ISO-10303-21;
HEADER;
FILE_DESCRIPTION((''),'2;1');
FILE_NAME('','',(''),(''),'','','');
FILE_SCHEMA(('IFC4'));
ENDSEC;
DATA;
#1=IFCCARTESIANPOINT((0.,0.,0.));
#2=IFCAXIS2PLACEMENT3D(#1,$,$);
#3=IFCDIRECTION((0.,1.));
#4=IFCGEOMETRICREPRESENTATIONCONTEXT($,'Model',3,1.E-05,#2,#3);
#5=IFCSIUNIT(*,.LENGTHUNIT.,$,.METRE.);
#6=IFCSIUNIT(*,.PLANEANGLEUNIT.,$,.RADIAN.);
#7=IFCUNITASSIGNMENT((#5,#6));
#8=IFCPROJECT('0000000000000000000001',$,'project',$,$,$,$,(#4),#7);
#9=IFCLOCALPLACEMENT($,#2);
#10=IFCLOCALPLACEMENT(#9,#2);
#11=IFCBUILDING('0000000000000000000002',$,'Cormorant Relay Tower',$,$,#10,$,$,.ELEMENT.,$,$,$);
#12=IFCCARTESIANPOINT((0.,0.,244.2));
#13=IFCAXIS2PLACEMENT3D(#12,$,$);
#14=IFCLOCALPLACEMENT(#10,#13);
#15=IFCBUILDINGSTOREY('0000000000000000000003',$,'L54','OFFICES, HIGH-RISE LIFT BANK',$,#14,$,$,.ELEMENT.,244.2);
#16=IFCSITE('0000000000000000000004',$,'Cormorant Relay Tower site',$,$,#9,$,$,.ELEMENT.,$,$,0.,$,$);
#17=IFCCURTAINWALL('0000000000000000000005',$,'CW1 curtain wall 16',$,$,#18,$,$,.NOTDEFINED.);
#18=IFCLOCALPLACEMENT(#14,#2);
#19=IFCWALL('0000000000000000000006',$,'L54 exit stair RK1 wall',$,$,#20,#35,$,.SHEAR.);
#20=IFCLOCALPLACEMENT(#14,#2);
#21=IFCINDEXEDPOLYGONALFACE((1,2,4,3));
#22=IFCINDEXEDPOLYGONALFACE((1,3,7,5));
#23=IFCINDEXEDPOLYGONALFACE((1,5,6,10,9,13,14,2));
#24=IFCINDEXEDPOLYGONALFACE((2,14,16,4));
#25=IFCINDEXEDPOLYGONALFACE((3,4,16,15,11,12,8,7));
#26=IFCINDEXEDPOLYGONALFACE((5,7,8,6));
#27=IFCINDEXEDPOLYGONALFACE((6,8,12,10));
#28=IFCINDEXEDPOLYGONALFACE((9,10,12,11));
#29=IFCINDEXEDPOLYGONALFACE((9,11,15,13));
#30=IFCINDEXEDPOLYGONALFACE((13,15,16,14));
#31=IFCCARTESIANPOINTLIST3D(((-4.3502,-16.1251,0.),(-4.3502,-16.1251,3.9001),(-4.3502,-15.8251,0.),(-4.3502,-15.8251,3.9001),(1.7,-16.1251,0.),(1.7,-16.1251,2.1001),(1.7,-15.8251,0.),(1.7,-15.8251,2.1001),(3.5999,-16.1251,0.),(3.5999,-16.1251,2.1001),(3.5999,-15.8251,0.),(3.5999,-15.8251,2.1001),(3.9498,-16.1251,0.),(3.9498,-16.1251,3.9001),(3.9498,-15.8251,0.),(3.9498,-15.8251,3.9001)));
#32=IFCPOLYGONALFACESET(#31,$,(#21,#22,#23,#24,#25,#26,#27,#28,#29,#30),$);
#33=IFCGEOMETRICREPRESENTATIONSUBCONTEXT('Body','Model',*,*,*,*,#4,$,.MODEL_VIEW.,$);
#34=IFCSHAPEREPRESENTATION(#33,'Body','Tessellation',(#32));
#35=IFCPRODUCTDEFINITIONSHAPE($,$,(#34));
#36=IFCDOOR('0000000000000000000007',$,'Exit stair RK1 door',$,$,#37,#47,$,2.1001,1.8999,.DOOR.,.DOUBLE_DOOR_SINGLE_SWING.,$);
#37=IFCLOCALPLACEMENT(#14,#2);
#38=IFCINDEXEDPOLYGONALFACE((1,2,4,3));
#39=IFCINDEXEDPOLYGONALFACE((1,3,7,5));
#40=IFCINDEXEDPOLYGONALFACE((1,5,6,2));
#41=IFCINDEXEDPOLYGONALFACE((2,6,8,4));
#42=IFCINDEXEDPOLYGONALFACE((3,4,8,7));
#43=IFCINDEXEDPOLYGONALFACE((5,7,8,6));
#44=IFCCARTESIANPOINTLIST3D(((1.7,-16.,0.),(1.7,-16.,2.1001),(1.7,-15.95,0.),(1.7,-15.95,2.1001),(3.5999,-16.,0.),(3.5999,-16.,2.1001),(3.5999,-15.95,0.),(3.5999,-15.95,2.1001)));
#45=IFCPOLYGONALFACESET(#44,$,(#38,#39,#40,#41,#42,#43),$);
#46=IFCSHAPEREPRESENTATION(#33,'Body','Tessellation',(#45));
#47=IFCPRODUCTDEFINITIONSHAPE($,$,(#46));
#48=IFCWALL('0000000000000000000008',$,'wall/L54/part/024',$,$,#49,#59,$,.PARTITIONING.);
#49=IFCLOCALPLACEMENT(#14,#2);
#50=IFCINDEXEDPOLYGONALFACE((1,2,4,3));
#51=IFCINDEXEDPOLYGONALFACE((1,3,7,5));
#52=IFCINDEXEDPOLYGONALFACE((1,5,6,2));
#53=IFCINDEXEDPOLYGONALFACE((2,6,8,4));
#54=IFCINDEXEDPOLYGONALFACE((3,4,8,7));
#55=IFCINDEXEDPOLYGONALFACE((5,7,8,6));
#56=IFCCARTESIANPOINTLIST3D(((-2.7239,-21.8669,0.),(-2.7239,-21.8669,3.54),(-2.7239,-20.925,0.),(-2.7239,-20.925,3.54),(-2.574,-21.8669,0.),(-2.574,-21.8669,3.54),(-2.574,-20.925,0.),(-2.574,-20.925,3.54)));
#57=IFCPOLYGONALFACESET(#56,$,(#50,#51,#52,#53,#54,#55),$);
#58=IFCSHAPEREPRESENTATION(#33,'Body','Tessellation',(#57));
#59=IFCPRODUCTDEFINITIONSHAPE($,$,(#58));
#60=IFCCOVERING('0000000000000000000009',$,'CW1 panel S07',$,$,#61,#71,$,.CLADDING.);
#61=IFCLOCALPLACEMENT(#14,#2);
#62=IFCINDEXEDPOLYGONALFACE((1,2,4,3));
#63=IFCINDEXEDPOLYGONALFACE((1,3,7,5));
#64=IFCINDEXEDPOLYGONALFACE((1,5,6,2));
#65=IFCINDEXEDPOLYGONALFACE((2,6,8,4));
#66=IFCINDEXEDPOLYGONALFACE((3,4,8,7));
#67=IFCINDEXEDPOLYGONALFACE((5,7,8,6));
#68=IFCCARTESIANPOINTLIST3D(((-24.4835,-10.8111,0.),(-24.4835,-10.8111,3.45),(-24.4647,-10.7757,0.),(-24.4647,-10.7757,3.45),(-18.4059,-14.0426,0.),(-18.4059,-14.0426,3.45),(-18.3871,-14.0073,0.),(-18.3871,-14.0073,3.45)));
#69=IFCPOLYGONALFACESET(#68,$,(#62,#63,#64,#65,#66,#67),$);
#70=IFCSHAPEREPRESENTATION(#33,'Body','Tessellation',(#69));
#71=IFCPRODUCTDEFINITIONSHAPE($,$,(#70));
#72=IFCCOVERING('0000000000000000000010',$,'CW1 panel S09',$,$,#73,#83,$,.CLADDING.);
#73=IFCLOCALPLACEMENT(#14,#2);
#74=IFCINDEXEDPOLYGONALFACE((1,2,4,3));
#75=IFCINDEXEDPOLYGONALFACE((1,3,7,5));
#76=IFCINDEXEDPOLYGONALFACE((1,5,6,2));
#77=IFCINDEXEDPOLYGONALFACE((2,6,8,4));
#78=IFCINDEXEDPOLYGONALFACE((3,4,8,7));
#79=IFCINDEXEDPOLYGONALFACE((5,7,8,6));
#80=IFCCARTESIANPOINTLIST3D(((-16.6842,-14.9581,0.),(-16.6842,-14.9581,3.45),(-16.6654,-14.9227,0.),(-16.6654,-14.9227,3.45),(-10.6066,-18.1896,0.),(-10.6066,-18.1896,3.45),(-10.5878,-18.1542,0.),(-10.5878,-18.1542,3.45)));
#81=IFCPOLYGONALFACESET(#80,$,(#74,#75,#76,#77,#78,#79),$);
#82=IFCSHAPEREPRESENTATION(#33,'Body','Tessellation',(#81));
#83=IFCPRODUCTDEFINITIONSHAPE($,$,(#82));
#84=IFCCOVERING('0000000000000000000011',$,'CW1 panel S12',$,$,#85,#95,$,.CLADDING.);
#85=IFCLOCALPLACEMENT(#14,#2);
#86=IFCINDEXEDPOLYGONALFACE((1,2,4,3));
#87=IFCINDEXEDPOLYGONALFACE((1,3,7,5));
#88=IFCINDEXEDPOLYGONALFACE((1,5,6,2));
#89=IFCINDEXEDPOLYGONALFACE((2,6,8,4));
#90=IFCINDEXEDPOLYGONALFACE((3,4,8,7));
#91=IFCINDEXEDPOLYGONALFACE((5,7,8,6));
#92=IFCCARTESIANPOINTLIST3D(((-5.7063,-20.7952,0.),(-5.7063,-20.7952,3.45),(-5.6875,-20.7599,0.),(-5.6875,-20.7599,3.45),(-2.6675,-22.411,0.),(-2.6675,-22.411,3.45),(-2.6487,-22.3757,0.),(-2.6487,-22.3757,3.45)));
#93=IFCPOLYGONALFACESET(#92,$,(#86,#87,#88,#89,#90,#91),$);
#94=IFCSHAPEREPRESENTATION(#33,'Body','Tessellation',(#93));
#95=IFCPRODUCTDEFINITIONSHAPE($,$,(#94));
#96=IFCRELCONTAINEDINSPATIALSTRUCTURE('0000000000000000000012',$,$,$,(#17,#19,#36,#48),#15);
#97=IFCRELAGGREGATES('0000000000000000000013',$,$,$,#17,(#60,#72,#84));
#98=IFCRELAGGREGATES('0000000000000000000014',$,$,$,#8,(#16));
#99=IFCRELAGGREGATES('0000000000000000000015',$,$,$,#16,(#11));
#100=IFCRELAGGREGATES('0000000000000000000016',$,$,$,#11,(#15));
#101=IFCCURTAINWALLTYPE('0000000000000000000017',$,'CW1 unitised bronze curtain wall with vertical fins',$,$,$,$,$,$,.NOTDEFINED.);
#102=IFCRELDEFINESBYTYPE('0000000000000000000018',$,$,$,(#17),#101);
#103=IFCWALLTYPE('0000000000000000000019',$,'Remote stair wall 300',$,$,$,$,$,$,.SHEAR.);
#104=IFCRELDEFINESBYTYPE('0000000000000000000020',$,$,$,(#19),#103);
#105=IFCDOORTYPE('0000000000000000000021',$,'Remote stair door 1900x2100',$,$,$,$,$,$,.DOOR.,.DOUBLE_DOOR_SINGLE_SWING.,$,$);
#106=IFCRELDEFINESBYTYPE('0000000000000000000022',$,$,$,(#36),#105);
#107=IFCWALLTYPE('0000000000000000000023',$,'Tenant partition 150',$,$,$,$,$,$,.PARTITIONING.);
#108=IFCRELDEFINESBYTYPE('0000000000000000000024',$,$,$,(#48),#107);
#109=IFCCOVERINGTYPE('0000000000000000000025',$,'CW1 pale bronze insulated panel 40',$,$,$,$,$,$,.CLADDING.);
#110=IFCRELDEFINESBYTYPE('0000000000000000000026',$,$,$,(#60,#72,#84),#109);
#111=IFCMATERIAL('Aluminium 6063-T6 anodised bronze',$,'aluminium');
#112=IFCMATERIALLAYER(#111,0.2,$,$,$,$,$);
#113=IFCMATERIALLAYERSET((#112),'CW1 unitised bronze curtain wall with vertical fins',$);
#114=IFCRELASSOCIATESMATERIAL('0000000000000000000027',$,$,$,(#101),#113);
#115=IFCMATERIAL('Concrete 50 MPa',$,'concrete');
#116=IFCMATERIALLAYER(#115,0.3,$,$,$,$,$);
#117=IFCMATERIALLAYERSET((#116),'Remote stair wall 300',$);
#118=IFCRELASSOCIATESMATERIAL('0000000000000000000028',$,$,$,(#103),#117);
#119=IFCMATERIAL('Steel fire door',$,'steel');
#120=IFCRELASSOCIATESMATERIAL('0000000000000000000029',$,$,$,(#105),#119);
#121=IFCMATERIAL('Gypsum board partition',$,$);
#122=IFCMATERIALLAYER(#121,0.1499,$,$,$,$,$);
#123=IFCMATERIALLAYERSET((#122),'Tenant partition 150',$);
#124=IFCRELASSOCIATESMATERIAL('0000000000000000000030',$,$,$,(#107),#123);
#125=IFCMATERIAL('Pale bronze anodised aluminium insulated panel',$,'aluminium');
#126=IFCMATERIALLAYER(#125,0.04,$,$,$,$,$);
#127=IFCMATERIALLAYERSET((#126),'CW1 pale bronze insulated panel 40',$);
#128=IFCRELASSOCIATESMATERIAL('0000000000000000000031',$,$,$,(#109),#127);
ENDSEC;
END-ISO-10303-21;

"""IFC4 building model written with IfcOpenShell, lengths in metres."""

from ifc_helpers import new_model, si_unit, direction, frame, frame_2d, origin, origin_2d, place, context, subcontext, project, spatial, rectangle, extrude, material, layer, layer_set, type_object, element, fill, aggregate, save


model = new_model("IFC4")

# Units and contexts
model_context = context("Model", 3, precision=1e-05, world=origin(), true_north=direction((0.0, 1.0)))
body_context = subcontext(model_context, "Body", "Model", "MODEL_VIEW")
ifc_project = project(units=[si_unit("LENGTHUNIT", "METRE"), si_unit("PLANEANGLEUNIT", "RADIAN")], contexts=[model_context])

# Site, building, storey
site_placement = place(None, origin())
site = spatial("IfcSite", under=ifc_project, at=site_placement, Name="Cormorant Relay Tower site", CompositionType="ELEMENT", RefElevation=0.0)
building_placement = place(site_placement, origin())
building = spatial("IfcBuilding", under=site, at=building_placement, Name="Cormorant Relay Tower", CompositionType="ELEMENT")
storey_placement = place(building_placement, frame((0.0, 0.0, 244.2)))
storey = spatial("IfcBuildingStorey", under=building, at=storey_placement, Name="L54", Description="OFFICES, HIGH-RISE LIFT BANK", CompositionType="ELEMENT", Elevation=244.2)

# Shared definitions
ifc_material_1 = material(Name="Aluminium 6063-T6 anodised bronze", Category="aluminium")
ifc_layer_1 = layer(ifc_material_1, 0.2)
ifc_layer_set_1 = layer_set([ifc_layer_1], Name="CW1 unitised bronze curtain wall with vertical fins")
curtain_wall_type = type_object("IfcCurtainWallType", Name="CW1 unitised bronze curtain wall with vertical fins", PredefinedType="NOTDEFINED", material=ifc_layer_set_1)

# Curtain wall
curtain_wall_1_placement = place(storey_placement, origin())
curtain_wall_1 = element("IfcCurtainWall", 1, at=curtain_wall_1_placement, inside=storey, type_object=curtain_wall_type, Name="CW1 curtain wall 16", PredefinedType="NOTDEFINED")

# Shared definitions
ifc_material_2 = material(Name="Concrete 50 MPa", Category="concrete")
ifc_layer_2 = layer(ifc_material_2, 0.3)
ifc_layer_set_2 = layer_set([ifc_layer_2], Name="Remote stair wall 300")
wall_type_1 = type_object("IfcWallType", Name="Remote stair wall 300", PredefinedType="SHEAR", material=ifc_layer_set_2)

# Wall, opening, door
wall_1_placement = place(storey_placement, frame((-4.3501, -15.9751, 0.0), z_axis=(0.0, 0.0, 1.0), x_axis=(1.0, 0.0, 0.0)))
wall_1 = element("IfcWall", 2, at=wall_1_placement, inside=storey, type_object=wall_type_1, Name="L54 exit stair RK1 wall", PredefinedType="SHEAR", context=body_context, shape_type="SweptSolid", body=[
    extrude(rectangle(XDim=8.3, YDim=0.3, at=frame_2d((4.1499, 0.0))), origin(), (0.0, 0.0, 1.0), 3.9001),
])
opening_placement = place(wall_1_placement, frame((6.05, 0.0, 0.0)))
opening = element("IfcOpeningElement", 3, at=opening_placement, cuts=wall_1, PredefinedType="OPENING", context=body_context, shape_type="SweptSolid", body=[
    extrude(rectangle(XDim=1.8999, YDim=2.1001, at=frame_2d((0.95, 1.05))), frame((0.0, 0.1599, 0.0), z_axis=(0.0, -1.0, 0.0), x_axis=(1.0, 0.0, 0.0)), (0.0, 0.0, 1.0), 0.3201),
])
ifc_material_3 = material(Name="Steel fire door", Category="steel")
door_type = type_object("IfcDoorType", Name="Remote stair door 1900x2100", OperationType="DOUBLE_DOOR_SINGLE_SWING", PredefinedType="DOOR", material=ifc_material_3)
door_placement = place(opening_placement, frame((1.8999, 0.0, 0.0), z_axis=(0.0, 0.0, 1.0), x_axis=(-1.0, 0.0, 0.0)))
door = element("IfcDoor", 4, at=door_placement, inside=storey, type_object=door_type, Name="Exit stair RK1 door", OperationType="DOUBLE_DOOR_SINGLE_SWING", OverallHeight=2.1001, OverallWidth=1.8999, PredefinedType="DOOR", context=body_context, shape_type="SweptSolid", body=[
    extrude(rectangle(XDim=1.8999, YDim=2.1001, at=frame_2d((0.95, 1.05))), frame((0.0, 0.0249, 0.0), z_axis=(0.0, -1.0, 0.0), x_axis=(1.0, 0.0, 0.0)), (0.0, 0.0, 1.0), 0.05),
])
fill(opening, door)

# Wall
ifc_material_4 = material(Name="Gypsum board partition")
ifc_layer_3 = layer(ifc_material_4, 0.1499)
ifc_layer_set_3 = layer_set([ifc_layer_3], Name="Tenant partition 150")
wall_type_2 = type_object("IfcWallType", Name="Tenant partition 150", PredefinedType="PARTITIONING", material=ifc_layer_set_3)
wall_2_placement = place(storey_placement, frame((-2.6489, -20.925, 0.0), z_axis=(0.0, 0.0, 1.0), x_axis=(0.0, -1.0, 0.0)))
element("IfcWall", 5, at=wall_2_placement, inside=storey, type_object=wall_type_2, Name="wall/L54/part/024", PredefinedType="PARTITIONING", context=body_context, shape_type="SweptSolid", body=[
    extrude(rectangle(XDim=0.9419, YDim=0.1499, at=frame_2d((0.4709, 0.0))), origin(), (0.0, 0.0, 1.0), 3.54),
])

# Coverings
ifc_material_5 = material(Name="Pale bronze anodised aluminium insulated panel", Category="aluminium")
ifc_layer_4 = layer(ifc_material_5, 0.04)
ifc_layer_set_4 = layer_set([ifc_layer_4], Name="CW1 pale bronze insulated panel 40")
covering_type = type_object("IfcCoveringType", Name="CW1 pale bronze insulated panel 40", PredefinedType="CLADDING", material=ifc_layer_set_4)
covering_1_placement = place(storey_placement, frame((-21.4353, -12.4092, 0.0), z_axis=(0.0, 0.0, 1.0), x_axis=(0.882948, -0.469472, 0.0)))
covering_1 = element("IfcCovering", 6, at=covering_1_placement, type_object=covering_type, Name="CW1 panel S07", PredefinedType="CLADDING", context=body_context, shape_type="SweptSolid", body=[
    extrude(rectangle(XDim=6.8833, YDim=0.04, at=origin_2d()), origin(), (0.0, 0.0, 1.0), 3.45),
])
covering_2_placement = place(storey_placement, frame((-13.636, -16.5562, 0.0), z_axis=(0.0, 0.0, 1.0), x_axis=(0.882948, -0.469472, 0.0)))
covering_2 = element("IfcCovering", 7, at=covering_2_placement, type_object=covering_type, Name="CW1 panel S09", PredefinedType="CLADDING", context=body_context, shape_type="SweptSolid", body=[
    extrude(rectangle(XDim=6.8833, YDim=0.04, at=origin_2d()), origin(), (0.0, 0.0, 1.0), 3.45),
])
covering_3_placement = place(storey_placement, frame((-4.1775, -21.5854, 0.0), z_axis=(0.0, 0.0, 1.0), x_axis=(0.882948, -0.469472, 0.0)))
covering_3 = element("IfcCovering", 8, at=covering_3_placement, type_object=covering_type, Name="CW1 panel S12", PredefinedType="CLADDING", context=body_context, shape_type="SweptSolid", body=[
    extrude(rectangle(XDim=3.4417, YDim=0.04, at=origin_2d()), origin(), (0.0, 0.0, 1.0), 3.45),
])
aggregate(curtain_wall_1, [covering_1, covering_2, covering_3])

save(model, "model.ifc")
